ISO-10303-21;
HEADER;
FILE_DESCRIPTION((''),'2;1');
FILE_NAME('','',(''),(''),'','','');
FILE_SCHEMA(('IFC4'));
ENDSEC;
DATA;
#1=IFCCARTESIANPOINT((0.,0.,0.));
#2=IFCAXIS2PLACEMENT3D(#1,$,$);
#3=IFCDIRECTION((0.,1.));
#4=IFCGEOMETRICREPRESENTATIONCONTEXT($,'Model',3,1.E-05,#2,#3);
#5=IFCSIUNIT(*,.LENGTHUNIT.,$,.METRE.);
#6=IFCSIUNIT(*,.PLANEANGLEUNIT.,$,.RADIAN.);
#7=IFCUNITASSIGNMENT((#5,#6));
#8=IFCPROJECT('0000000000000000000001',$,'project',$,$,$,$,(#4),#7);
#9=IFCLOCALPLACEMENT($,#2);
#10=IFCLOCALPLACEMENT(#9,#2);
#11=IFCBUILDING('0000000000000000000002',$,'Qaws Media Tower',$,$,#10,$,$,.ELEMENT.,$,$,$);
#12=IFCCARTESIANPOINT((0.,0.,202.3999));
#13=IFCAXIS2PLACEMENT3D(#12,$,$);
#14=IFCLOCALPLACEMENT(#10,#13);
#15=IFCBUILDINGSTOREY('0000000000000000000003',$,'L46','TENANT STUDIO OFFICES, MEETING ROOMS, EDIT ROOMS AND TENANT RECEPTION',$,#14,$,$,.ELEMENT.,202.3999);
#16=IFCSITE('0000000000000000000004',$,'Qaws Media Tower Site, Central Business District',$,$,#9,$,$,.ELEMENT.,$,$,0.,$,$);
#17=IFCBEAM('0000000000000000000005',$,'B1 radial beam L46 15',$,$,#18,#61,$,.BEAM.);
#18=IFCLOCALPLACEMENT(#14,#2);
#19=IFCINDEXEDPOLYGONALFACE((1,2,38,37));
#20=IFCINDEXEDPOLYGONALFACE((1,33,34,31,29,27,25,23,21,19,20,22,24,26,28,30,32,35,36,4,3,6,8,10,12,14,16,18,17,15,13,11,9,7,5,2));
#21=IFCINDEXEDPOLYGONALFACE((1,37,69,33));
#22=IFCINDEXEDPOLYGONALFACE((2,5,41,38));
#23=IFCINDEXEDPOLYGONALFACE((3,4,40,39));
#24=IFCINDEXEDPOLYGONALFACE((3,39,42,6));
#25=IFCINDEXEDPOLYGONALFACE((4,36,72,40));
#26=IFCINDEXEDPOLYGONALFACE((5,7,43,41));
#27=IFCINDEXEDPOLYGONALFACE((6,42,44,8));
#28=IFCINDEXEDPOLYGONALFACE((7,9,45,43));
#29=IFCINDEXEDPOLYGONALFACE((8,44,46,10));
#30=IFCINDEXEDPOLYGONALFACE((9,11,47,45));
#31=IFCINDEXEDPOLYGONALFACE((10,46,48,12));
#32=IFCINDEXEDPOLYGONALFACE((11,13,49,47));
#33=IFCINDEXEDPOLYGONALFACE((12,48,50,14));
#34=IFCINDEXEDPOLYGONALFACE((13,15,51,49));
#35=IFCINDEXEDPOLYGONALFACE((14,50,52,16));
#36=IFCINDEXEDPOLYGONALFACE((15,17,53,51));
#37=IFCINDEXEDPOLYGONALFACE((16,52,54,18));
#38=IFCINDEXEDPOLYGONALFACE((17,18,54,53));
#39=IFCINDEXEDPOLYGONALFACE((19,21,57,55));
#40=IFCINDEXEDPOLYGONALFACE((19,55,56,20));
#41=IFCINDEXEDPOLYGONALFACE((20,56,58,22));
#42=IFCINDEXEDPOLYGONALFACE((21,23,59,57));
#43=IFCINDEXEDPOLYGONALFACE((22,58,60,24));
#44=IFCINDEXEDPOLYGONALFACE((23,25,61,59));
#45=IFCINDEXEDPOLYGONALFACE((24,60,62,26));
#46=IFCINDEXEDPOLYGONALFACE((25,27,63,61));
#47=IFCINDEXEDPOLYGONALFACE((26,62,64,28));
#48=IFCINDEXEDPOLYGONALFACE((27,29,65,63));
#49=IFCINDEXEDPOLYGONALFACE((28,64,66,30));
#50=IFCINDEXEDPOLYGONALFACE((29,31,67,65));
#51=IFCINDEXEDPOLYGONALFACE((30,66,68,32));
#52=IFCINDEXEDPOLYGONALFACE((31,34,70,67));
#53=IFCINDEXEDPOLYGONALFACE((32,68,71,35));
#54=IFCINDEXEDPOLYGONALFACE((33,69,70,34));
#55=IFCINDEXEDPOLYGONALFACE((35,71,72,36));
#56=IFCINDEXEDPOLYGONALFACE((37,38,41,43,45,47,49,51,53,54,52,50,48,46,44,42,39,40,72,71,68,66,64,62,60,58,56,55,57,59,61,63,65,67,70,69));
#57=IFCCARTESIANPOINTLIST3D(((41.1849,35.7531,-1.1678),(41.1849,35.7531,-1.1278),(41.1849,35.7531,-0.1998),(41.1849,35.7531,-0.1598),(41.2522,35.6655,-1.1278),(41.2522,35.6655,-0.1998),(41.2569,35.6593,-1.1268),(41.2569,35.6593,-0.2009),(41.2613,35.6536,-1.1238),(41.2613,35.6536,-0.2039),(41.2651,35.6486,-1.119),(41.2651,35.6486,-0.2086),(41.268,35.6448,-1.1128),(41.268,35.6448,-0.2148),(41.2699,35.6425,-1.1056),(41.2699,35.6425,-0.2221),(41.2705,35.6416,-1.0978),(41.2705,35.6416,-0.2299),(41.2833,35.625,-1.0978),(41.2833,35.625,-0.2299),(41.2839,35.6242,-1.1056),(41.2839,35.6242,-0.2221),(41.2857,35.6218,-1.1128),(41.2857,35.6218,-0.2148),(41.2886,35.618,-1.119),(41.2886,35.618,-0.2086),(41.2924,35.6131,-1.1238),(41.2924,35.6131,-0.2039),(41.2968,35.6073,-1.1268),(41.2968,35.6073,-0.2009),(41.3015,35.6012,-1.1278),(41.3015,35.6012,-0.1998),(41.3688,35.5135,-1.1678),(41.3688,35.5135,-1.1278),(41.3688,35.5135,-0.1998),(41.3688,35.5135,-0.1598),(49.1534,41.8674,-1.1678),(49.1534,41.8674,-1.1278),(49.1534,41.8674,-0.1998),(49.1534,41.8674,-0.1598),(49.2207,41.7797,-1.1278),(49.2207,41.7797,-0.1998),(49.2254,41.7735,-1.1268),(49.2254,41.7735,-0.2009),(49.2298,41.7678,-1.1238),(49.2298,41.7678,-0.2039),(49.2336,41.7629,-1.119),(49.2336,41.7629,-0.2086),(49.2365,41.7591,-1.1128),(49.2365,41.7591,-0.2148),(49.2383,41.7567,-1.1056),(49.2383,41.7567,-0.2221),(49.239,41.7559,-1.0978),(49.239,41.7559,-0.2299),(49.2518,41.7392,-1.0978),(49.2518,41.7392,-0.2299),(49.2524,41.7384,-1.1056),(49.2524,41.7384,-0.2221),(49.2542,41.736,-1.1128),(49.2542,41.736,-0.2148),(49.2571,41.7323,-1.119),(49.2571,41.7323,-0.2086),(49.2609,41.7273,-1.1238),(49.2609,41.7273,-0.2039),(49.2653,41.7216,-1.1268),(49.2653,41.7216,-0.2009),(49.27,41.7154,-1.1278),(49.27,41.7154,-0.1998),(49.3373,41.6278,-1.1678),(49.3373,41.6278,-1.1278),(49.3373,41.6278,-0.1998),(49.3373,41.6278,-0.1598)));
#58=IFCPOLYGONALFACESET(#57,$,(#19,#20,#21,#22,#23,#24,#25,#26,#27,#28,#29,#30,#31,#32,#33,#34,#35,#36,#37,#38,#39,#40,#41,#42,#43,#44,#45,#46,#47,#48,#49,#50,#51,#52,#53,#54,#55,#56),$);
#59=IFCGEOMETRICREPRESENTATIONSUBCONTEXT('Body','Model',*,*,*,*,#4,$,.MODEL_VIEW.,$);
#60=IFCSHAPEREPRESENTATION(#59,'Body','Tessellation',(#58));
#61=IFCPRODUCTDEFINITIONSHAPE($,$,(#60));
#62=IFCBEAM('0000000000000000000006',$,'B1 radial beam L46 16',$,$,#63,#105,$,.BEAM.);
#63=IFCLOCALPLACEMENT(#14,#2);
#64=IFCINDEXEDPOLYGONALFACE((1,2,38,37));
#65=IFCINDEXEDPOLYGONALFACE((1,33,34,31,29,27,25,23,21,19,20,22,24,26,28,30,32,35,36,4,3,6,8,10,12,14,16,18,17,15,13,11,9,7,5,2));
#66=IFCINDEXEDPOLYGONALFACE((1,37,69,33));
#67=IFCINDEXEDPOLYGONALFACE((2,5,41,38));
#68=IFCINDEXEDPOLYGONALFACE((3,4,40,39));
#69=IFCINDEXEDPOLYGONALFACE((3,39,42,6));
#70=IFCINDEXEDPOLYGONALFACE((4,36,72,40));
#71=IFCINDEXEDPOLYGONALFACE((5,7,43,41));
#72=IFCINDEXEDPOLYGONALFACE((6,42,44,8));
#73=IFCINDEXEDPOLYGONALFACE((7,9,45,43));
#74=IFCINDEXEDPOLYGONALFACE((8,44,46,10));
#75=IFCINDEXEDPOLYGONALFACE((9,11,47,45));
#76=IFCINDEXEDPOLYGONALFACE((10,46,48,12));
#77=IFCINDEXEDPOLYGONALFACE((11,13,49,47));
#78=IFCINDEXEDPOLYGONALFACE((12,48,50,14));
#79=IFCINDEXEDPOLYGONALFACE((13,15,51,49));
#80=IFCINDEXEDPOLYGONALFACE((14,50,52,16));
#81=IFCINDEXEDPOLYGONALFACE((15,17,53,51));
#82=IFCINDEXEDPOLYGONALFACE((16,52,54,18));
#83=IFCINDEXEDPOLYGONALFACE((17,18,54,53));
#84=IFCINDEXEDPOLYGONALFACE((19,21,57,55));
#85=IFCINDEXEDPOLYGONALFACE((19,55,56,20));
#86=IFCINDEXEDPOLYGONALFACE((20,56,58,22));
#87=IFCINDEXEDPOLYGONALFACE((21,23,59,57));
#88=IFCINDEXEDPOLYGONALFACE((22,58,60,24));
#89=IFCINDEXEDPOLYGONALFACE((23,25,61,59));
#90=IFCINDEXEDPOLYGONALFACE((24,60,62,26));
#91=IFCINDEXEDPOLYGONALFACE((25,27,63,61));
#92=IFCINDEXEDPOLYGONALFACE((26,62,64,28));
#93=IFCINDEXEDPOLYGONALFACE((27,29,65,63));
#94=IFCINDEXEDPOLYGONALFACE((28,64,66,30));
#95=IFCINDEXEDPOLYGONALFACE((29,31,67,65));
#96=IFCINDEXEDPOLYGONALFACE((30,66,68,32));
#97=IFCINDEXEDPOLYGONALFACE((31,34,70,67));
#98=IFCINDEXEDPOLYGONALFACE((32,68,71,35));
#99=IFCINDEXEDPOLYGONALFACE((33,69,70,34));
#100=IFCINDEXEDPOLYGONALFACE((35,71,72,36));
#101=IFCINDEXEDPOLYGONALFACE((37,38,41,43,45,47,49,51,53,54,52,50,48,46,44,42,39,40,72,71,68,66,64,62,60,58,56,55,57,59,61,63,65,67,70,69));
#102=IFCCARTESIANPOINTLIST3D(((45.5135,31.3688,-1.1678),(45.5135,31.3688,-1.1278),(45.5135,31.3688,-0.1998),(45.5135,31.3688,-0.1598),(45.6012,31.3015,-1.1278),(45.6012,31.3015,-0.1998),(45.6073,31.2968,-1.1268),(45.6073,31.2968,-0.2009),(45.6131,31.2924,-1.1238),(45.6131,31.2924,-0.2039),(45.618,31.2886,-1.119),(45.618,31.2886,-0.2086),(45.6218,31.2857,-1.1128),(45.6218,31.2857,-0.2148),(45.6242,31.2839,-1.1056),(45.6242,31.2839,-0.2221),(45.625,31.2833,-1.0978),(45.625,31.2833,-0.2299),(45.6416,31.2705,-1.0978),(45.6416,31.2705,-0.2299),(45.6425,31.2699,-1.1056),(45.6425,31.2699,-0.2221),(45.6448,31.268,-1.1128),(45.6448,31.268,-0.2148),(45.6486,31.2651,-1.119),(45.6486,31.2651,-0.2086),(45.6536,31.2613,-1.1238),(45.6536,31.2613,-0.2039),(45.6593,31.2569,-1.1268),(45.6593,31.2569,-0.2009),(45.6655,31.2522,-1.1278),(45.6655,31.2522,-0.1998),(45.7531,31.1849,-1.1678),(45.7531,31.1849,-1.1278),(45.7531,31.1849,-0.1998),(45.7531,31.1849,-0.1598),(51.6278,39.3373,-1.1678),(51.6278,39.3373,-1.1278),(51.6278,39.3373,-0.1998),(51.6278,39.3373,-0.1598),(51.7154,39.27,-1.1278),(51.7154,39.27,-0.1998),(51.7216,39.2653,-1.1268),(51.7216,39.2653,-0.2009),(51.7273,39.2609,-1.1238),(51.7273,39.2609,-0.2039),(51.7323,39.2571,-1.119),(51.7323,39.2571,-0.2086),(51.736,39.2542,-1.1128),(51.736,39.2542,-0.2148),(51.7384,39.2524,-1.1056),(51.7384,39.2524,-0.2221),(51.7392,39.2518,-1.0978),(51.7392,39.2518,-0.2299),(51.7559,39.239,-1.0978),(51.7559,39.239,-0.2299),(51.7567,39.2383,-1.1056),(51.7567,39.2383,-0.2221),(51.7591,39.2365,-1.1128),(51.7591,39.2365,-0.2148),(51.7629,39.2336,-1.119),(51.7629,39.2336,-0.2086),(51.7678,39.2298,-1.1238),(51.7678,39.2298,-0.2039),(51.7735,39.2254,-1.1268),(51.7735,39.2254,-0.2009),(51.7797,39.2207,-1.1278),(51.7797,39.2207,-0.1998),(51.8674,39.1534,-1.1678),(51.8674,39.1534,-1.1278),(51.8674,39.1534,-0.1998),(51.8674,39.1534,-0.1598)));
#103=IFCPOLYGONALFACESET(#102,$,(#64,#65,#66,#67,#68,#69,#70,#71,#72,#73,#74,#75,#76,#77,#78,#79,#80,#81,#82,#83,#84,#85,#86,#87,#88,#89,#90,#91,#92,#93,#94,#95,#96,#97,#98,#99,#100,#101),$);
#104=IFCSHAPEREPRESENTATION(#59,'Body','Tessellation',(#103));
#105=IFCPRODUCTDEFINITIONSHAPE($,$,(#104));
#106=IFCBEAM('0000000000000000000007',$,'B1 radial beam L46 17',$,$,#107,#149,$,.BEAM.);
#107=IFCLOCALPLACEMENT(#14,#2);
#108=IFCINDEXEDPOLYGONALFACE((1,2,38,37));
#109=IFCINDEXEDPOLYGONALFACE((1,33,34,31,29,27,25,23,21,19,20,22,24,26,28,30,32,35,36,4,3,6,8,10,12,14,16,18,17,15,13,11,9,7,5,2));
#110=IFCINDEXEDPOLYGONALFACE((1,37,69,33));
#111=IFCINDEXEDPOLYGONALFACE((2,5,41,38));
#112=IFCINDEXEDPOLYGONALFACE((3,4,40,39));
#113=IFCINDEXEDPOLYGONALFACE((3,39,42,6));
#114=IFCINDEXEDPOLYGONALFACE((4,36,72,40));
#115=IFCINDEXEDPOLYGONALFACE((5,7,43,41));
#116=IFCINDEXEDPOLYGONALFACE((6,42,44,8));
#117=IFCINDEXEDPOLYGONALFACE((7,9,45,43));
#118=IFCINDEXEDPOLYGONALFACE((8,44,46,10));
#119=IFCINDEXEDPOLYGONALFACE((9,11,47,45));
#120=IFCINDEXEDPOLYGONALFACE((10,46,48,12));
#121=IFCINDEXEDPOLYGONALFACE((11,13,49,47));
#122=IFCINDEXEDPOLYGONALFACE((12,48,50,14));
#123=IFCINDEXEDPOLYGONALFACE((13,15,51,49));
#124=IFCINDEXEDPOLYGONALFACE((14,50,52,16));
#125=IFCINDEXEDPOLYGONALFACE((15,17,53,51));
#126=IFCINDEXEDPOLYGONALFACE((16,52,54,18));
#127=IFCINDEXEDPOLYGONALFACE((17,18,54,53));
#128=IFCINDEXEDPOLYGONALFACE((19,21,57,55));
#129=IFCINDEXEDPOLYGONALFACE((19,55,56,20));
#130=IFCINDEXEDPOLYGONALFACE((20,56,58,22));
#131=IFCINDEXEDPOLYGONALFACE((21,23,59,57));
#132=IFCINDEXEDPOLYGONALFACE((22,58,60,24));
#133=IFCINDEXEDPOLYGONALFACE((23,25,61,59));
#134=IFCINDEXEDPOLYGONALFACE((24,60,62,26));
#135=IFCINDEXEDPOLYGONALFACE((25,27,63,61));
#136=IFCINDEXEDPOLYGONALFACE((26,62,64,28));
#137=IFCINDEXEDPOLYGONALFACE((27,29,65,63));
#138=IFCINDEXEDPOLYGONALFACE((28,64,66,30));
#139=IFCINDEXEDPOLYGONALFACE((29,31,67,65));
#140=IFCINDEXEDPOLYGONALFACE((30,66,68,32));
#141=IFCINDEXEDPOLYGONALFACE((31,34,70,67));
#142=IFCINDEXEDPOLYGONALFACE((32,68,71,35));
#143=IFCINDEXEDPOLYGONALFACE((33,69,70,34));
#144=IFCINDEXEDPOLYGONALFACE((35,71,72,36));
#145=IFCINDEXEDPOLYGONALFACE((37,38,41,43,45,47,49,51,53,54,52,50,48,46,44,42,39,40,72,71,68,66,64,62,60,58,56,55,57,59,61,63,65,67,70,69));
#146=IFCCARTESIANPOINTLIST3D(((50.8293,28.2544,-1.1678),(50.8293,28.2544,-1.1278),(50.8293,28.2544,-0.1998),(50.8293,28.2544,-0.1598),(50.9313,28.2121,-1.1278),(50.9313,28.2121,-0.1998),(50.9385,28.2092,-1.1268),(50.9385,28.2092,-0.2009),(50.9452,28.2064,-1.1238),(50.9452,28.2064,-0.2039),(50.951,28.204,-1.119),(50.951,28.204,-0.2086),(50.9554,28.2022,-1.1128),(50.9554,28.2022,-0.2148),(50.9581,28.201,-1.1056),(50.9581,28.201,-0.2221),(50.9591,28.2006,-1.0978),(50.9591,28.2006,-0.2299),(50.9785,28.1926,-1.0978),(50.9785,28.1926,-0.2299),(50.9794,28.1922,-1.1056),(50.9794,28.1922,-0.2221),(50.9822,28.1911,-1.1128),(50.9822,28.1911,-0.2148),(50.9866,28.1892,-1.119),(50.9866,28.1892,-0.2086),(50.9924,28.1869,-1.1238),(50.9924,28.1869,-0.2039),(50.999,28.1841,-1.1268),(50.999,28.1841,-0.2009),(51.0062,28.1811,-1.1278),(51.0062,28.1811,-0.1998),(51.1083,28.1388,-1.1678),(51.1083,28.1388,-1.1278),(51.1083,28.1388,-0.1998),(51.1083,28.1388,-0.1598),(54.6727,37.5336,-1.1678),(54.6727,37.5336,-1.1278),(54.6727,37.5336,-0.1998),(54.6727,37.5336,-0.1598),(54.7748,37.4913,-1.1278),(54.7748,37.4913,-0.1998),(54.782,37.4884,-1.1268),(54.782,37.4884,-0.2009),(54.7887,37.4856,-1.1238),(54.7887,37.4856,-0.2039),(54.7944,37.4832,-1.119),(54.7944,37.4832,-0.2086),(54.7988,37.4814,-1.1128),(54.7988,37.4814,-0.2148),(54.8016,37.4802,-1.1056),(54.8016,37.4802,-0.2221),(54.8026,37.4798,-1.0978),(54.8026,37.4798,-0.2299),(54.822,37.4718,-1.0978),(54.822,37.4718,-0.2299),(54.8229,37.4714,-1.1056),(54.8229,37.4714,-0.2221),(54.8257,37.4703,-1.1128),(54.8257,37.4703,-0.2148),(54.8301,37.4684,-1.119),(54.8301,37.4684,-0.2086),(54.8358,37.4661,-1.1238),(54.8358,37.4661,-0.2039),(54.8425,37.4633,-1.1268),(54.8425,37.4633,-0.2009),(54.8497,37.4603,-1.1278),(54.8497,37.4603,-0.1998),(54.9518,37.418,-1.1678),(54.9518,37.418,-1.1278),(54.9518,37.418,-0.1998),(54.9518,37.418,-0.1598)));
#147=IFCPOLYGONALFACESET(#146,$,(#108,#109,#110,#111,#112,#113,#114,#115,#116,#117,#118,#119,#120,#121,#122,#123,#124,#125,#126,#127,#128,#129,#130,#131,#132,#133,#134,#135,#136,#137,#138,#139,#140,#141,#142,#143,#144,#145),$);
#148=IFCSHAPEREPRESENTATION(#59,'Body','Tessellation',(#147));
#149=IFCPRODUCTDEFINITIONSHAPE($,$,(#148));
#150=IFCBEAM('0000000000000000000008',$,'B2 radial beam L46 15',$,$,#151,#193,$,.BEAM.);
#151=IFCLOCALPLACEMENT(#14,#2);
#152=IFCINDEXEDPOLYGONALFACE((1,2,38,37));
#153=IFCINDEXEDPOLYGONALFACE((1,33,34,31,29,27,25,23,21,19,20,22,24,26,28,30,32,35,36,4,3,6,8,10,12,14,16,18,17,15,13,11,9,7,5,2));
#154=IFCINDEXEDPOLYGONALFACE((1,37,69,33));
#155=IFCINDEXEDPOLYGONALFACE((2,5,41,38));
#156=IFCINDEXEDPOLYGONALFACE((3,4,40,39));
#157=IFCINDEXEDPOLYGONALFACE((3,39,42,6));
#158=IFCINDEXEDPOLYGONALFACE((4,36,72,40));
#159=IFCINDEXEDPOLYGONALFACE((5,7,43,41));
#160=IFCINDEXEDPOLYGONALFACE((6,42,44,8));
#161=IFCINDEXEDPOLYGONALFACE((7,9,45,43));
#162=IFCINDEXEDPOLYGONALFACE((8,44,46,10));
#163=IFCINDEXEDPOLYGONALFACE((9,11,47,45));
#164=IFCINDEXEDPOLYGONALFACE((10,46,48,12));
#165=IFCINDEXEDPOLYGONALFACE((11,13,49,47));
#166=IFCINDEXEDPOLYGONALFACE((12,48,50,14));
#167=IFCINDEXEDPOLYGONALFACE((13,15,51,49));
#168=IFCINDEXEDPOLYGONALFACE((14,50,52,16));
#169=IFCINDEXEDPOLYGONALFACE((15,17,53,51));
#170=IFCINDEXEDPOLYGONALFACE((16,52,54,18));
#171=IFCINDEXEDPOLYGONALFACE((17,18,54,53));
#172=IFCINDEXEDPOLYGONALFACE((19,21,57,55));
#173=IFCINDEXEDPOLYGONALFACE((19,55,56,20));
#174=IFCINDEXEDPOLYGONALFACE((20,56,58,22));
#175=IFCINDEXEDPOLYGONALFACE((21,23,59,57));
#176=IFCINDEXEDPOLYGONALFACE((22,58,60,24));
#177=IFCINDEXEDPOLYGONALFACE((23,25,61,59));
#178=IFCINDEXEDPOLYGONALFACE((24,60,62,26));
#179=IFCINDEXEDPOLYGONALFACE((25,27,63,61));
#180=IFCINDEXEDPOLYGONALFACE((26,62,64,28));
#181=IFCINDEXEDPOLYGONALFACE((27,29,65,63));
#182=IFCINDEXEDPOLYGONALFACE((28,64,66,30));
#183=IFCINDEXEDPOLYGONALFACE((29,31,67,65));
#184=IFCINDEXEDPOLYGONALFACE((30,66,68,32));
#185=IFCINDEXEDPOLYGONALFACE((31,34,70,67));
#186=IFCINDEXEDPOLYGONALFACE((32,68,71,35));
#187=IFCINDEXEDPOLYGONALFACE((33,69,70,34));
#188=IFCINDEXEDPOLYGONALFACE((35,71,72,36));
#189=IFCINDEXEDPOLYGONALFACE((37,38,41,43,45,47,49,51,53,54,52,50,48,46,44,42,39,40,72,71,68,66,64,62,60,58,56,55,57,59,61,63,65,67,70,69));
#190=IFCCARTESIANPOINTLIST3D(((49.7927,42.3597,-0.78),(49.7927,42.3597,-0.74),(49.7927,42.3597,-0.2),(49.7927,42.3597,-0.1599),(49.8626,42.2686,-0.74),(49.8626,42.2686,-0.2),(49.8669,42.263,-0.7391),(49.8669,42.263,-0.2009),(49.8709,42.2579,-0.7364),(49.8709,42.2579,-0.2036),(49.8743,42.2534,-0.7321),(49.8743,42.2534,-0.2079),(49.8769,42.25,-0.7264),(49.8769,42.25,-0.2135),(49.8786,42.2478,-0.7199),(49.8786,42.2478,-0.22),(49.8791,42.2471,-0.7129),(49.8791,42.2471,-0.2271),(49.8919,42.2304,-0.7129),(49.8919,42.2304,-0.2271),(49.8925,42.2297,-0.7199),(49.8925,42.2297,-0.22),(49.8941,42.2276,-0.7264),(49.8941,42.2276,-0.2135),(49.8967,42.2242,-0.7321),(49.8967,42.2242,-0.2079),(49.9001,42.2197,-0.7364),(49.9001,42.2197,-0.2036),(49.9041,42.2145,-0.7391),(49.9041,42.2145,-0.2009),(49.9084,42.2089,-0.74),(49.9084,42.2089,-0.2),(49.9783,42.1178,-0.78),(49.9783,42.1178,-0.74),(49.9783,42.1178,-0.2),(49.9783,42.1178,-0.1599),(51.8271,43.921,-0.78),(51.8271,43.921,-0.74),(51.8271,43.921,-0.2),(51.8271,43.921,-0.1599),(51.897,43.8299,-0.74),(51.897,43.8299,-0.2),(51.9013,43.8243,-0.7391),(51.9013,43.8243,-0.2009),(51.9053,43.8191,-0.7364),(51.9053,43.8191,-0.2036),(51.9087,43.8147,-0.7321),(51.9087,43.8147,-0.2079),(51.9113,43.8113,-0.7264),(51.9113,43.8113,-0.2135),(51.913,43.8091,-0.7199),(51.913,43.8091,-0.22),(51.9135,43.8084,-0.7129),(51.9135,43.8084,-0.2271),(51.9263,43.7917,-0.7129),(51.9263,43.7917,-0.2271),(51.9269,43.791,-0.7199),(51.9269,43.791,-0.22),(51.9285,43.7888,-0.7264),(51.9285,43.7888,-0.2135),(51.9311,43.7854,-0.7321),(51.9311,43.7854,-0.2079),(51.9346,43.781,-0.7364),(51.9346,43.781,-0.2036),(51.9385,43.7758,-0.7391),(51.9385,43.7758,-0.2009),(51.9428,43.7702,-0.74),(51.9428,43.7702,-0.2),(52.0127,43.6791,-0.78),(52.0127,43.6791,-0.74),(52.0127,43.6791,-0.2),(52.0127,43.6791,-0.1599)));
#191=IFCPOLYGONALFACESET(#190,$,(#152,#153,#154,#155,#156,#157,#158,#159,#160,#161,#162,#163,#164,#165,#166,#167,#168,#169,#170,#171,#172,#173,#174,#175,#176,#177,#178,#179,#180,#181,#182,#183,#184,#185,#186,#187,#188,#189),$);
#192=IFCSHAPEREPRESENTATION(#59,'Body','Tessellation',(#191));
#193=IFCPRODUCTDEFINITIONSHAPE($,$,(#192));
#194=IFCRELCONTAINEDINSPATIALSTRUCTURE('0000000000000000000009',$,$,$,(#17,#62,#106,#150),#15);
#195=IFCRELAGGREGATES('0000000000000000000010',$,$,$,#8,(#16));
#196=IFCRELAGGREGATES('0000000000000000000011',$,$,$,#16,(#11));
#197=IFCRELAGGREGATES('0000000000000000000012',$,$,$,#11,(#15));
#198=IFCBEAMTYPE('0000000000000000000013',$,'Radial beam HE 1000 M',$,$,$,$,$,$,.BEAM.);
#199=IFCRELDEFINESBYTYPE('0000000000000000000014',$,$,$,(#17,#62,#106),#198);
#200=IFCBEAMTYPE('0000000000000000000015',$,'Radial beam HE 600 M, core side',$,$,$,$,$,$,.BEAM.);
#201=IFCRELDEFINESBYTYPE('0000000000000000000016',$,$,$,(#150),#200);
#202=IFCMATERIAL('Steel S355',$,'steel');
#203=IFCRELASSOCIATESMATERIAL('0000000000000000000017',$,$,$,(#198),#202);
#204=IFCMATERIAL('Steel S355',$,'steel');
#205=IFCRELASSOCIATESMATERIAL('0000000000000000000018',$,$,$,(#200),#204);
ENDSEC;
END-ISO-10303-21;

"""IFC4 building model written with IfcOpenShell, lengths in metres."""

from ifc_helpers import new_model, si_unit, direction, frame, origin, origin_2d, place, context, subcontext, project, spatial, i_section, extrude, material, material_profile, profile_set, type_object, element, save


model = new_model("IFC4")

# Units and contexts
model_context = context("Model", 3, precision=1e-05, world=origin(), true_north=direction((0.0, 1.0)))
body_context = subcontext(model_context, "Body", "Model", "MODEL_VIEW")
ifc_project = project(units=[si_unit("LENGTHUNIT", "METRE"), si_unit("PLANEANGLEUNIT", "RADIAN")], contexts=[model_context])

# Site, building, storey
site_placement = place(None, origin())
site = spatial("IfcSite", under=ifc_project, at=site_placement, Name="Qaws Media Tower Site, Central Business District", CompositionType="ELEMENT", RefElevation=0.0)
building_placement = place(site_placement, origin())
building = spatial("IfcBuilding", under=site, at=building_placement, Name="Qaws Media Tower", CompositionType="ELEMENT")
storey_placement = place(building_placement, frame((0.0, 0.0, 202.3999)))
storey = spatial("IfcBuildingStorey", under=building, at=storey_placement, Name="L46", Description="TENANT STUDIO OFFICES, MEETING ROOMS, EDIT ROOMS AND TENANT RECEPTION", CompositionType="ELEMENT", Elevation=202.3999)

# Beams
ifc_material_1 = material(Name="Steel S355", Category="steel")
ifc_material_profile_1 = material_profile(ifc_material_1, i_section(OverallWidth=0.302, OverallDepth=1.0081, WebThickness=0.021, FlangeThickness=0.04, FilletRadius=0.03, at=origin_2d()), Name="HE 1000 M")
ifc_profile_set_1 = profile_set([ifc_material_profile_1], Name="Steel S355")
beam_type_1 = type_object("IfcBeamType", Name="Radial beam HE 1000 M", PredefinedType="BEAM", material=ifc_profile_set_1)
for number, where, z_axis, x_axis, name in (
    (1, (49.2454, 41.7476, -0.6638), (-0.793363, -0.608749, 0.0), (0.608749, -0.793363, 0.0), "B1 radial beam L46 15"),
    (2, (51.7476, 39.2454, -0.6638), (-0.608749, -0.793363, 0.0), (0.793363, -0.608749, 0.0), "B1 radial beam L46 16"),
):
    element("IfcBeam", number, at=place(storey_placement, frame(where, z_axis=z_axis, x_axis=x_axis)), inside=storey, type_object=beam_type_1, Name=name, PredefinedType="BEAM", context=body_context, shape_type="SweptSolid", body=[
        extrude(i_section(OverallWidth=0.302, OverallDepth=1.0081, WebThickness=0.021, FlangeThickness=0.04, FilletRadius=0.03, at=origin_2d()), origin(), (0.0, 0.0, 1.0), 10.0439),
    ])
beam_1_placement = place(storey_placement, frame((54.8123, 37.4758, -0.6638), z_axis=(-0.382675, -0.923883, 0.0), x_axis=(0.923883, -0.382675, 0.0)))
element("IfcBeam", 3, at=beam_1_placement, inside=storey, type_object=beam_type_1, Name="B1 radial beam L46 17", PredefinedType="BEAM", context=body_context, shape_type="SweptSolid", body=[
    extrude(i_section(OverallWidth=0.302, OverallDepth=1.0081, WebThickness=0.021, FlangeThickness=0.04, FilletRadius=0.03, at=origin_2d()), origin(), (0.0, 0.0, 1.0), 10.0437),
])
ifc_material_2 = material(Name="Steel S355", Category="steel")
ifc_material_profile_2 = material_profile(ifc_material_2, i_section(OverallWidth=0.3049, OverallDepth=0.6201, WebThickness=0.021, FlangeThickness=0.04, FilletRadius=0.0271, at=origin_2d()), Name="HE 600 M")
ifc_profile_set_2 = profile_set([ifc_material_profile_2], Name="Steel S355")
beam_type_2 = type_object("IfcBeamType", Name="Radial beam HE 600 M, core side", PredefinedType="BEAM", material=ifc_profile_set_2)
beam_2_placement = place(storey_placement, frame((51.9199, 43.8, -0.47), z_axis=(-0.793314, -0.608813, 0.0), x_axis=(0.608813, -0.793314, 0.0)))
element("IfcBeam", 4, at=beam_2_placement, inside=storey, type_object=beam_type_2, Name="B2 radial beam L46 15", PredefinedType="BEAM", context=body_context, shape_type="SweptSolid", body=[
    extrude(i_section(OverallWidth=0.3049, OverallDepth=0.6201, WebThickness=0.021, FlangeThickness=0.04, FilletRadius=0.0271, at=origin_2d()), origin(), (0.0, 0.0, 1.0), 2.5645),
])

save(model, "model.ifc")
